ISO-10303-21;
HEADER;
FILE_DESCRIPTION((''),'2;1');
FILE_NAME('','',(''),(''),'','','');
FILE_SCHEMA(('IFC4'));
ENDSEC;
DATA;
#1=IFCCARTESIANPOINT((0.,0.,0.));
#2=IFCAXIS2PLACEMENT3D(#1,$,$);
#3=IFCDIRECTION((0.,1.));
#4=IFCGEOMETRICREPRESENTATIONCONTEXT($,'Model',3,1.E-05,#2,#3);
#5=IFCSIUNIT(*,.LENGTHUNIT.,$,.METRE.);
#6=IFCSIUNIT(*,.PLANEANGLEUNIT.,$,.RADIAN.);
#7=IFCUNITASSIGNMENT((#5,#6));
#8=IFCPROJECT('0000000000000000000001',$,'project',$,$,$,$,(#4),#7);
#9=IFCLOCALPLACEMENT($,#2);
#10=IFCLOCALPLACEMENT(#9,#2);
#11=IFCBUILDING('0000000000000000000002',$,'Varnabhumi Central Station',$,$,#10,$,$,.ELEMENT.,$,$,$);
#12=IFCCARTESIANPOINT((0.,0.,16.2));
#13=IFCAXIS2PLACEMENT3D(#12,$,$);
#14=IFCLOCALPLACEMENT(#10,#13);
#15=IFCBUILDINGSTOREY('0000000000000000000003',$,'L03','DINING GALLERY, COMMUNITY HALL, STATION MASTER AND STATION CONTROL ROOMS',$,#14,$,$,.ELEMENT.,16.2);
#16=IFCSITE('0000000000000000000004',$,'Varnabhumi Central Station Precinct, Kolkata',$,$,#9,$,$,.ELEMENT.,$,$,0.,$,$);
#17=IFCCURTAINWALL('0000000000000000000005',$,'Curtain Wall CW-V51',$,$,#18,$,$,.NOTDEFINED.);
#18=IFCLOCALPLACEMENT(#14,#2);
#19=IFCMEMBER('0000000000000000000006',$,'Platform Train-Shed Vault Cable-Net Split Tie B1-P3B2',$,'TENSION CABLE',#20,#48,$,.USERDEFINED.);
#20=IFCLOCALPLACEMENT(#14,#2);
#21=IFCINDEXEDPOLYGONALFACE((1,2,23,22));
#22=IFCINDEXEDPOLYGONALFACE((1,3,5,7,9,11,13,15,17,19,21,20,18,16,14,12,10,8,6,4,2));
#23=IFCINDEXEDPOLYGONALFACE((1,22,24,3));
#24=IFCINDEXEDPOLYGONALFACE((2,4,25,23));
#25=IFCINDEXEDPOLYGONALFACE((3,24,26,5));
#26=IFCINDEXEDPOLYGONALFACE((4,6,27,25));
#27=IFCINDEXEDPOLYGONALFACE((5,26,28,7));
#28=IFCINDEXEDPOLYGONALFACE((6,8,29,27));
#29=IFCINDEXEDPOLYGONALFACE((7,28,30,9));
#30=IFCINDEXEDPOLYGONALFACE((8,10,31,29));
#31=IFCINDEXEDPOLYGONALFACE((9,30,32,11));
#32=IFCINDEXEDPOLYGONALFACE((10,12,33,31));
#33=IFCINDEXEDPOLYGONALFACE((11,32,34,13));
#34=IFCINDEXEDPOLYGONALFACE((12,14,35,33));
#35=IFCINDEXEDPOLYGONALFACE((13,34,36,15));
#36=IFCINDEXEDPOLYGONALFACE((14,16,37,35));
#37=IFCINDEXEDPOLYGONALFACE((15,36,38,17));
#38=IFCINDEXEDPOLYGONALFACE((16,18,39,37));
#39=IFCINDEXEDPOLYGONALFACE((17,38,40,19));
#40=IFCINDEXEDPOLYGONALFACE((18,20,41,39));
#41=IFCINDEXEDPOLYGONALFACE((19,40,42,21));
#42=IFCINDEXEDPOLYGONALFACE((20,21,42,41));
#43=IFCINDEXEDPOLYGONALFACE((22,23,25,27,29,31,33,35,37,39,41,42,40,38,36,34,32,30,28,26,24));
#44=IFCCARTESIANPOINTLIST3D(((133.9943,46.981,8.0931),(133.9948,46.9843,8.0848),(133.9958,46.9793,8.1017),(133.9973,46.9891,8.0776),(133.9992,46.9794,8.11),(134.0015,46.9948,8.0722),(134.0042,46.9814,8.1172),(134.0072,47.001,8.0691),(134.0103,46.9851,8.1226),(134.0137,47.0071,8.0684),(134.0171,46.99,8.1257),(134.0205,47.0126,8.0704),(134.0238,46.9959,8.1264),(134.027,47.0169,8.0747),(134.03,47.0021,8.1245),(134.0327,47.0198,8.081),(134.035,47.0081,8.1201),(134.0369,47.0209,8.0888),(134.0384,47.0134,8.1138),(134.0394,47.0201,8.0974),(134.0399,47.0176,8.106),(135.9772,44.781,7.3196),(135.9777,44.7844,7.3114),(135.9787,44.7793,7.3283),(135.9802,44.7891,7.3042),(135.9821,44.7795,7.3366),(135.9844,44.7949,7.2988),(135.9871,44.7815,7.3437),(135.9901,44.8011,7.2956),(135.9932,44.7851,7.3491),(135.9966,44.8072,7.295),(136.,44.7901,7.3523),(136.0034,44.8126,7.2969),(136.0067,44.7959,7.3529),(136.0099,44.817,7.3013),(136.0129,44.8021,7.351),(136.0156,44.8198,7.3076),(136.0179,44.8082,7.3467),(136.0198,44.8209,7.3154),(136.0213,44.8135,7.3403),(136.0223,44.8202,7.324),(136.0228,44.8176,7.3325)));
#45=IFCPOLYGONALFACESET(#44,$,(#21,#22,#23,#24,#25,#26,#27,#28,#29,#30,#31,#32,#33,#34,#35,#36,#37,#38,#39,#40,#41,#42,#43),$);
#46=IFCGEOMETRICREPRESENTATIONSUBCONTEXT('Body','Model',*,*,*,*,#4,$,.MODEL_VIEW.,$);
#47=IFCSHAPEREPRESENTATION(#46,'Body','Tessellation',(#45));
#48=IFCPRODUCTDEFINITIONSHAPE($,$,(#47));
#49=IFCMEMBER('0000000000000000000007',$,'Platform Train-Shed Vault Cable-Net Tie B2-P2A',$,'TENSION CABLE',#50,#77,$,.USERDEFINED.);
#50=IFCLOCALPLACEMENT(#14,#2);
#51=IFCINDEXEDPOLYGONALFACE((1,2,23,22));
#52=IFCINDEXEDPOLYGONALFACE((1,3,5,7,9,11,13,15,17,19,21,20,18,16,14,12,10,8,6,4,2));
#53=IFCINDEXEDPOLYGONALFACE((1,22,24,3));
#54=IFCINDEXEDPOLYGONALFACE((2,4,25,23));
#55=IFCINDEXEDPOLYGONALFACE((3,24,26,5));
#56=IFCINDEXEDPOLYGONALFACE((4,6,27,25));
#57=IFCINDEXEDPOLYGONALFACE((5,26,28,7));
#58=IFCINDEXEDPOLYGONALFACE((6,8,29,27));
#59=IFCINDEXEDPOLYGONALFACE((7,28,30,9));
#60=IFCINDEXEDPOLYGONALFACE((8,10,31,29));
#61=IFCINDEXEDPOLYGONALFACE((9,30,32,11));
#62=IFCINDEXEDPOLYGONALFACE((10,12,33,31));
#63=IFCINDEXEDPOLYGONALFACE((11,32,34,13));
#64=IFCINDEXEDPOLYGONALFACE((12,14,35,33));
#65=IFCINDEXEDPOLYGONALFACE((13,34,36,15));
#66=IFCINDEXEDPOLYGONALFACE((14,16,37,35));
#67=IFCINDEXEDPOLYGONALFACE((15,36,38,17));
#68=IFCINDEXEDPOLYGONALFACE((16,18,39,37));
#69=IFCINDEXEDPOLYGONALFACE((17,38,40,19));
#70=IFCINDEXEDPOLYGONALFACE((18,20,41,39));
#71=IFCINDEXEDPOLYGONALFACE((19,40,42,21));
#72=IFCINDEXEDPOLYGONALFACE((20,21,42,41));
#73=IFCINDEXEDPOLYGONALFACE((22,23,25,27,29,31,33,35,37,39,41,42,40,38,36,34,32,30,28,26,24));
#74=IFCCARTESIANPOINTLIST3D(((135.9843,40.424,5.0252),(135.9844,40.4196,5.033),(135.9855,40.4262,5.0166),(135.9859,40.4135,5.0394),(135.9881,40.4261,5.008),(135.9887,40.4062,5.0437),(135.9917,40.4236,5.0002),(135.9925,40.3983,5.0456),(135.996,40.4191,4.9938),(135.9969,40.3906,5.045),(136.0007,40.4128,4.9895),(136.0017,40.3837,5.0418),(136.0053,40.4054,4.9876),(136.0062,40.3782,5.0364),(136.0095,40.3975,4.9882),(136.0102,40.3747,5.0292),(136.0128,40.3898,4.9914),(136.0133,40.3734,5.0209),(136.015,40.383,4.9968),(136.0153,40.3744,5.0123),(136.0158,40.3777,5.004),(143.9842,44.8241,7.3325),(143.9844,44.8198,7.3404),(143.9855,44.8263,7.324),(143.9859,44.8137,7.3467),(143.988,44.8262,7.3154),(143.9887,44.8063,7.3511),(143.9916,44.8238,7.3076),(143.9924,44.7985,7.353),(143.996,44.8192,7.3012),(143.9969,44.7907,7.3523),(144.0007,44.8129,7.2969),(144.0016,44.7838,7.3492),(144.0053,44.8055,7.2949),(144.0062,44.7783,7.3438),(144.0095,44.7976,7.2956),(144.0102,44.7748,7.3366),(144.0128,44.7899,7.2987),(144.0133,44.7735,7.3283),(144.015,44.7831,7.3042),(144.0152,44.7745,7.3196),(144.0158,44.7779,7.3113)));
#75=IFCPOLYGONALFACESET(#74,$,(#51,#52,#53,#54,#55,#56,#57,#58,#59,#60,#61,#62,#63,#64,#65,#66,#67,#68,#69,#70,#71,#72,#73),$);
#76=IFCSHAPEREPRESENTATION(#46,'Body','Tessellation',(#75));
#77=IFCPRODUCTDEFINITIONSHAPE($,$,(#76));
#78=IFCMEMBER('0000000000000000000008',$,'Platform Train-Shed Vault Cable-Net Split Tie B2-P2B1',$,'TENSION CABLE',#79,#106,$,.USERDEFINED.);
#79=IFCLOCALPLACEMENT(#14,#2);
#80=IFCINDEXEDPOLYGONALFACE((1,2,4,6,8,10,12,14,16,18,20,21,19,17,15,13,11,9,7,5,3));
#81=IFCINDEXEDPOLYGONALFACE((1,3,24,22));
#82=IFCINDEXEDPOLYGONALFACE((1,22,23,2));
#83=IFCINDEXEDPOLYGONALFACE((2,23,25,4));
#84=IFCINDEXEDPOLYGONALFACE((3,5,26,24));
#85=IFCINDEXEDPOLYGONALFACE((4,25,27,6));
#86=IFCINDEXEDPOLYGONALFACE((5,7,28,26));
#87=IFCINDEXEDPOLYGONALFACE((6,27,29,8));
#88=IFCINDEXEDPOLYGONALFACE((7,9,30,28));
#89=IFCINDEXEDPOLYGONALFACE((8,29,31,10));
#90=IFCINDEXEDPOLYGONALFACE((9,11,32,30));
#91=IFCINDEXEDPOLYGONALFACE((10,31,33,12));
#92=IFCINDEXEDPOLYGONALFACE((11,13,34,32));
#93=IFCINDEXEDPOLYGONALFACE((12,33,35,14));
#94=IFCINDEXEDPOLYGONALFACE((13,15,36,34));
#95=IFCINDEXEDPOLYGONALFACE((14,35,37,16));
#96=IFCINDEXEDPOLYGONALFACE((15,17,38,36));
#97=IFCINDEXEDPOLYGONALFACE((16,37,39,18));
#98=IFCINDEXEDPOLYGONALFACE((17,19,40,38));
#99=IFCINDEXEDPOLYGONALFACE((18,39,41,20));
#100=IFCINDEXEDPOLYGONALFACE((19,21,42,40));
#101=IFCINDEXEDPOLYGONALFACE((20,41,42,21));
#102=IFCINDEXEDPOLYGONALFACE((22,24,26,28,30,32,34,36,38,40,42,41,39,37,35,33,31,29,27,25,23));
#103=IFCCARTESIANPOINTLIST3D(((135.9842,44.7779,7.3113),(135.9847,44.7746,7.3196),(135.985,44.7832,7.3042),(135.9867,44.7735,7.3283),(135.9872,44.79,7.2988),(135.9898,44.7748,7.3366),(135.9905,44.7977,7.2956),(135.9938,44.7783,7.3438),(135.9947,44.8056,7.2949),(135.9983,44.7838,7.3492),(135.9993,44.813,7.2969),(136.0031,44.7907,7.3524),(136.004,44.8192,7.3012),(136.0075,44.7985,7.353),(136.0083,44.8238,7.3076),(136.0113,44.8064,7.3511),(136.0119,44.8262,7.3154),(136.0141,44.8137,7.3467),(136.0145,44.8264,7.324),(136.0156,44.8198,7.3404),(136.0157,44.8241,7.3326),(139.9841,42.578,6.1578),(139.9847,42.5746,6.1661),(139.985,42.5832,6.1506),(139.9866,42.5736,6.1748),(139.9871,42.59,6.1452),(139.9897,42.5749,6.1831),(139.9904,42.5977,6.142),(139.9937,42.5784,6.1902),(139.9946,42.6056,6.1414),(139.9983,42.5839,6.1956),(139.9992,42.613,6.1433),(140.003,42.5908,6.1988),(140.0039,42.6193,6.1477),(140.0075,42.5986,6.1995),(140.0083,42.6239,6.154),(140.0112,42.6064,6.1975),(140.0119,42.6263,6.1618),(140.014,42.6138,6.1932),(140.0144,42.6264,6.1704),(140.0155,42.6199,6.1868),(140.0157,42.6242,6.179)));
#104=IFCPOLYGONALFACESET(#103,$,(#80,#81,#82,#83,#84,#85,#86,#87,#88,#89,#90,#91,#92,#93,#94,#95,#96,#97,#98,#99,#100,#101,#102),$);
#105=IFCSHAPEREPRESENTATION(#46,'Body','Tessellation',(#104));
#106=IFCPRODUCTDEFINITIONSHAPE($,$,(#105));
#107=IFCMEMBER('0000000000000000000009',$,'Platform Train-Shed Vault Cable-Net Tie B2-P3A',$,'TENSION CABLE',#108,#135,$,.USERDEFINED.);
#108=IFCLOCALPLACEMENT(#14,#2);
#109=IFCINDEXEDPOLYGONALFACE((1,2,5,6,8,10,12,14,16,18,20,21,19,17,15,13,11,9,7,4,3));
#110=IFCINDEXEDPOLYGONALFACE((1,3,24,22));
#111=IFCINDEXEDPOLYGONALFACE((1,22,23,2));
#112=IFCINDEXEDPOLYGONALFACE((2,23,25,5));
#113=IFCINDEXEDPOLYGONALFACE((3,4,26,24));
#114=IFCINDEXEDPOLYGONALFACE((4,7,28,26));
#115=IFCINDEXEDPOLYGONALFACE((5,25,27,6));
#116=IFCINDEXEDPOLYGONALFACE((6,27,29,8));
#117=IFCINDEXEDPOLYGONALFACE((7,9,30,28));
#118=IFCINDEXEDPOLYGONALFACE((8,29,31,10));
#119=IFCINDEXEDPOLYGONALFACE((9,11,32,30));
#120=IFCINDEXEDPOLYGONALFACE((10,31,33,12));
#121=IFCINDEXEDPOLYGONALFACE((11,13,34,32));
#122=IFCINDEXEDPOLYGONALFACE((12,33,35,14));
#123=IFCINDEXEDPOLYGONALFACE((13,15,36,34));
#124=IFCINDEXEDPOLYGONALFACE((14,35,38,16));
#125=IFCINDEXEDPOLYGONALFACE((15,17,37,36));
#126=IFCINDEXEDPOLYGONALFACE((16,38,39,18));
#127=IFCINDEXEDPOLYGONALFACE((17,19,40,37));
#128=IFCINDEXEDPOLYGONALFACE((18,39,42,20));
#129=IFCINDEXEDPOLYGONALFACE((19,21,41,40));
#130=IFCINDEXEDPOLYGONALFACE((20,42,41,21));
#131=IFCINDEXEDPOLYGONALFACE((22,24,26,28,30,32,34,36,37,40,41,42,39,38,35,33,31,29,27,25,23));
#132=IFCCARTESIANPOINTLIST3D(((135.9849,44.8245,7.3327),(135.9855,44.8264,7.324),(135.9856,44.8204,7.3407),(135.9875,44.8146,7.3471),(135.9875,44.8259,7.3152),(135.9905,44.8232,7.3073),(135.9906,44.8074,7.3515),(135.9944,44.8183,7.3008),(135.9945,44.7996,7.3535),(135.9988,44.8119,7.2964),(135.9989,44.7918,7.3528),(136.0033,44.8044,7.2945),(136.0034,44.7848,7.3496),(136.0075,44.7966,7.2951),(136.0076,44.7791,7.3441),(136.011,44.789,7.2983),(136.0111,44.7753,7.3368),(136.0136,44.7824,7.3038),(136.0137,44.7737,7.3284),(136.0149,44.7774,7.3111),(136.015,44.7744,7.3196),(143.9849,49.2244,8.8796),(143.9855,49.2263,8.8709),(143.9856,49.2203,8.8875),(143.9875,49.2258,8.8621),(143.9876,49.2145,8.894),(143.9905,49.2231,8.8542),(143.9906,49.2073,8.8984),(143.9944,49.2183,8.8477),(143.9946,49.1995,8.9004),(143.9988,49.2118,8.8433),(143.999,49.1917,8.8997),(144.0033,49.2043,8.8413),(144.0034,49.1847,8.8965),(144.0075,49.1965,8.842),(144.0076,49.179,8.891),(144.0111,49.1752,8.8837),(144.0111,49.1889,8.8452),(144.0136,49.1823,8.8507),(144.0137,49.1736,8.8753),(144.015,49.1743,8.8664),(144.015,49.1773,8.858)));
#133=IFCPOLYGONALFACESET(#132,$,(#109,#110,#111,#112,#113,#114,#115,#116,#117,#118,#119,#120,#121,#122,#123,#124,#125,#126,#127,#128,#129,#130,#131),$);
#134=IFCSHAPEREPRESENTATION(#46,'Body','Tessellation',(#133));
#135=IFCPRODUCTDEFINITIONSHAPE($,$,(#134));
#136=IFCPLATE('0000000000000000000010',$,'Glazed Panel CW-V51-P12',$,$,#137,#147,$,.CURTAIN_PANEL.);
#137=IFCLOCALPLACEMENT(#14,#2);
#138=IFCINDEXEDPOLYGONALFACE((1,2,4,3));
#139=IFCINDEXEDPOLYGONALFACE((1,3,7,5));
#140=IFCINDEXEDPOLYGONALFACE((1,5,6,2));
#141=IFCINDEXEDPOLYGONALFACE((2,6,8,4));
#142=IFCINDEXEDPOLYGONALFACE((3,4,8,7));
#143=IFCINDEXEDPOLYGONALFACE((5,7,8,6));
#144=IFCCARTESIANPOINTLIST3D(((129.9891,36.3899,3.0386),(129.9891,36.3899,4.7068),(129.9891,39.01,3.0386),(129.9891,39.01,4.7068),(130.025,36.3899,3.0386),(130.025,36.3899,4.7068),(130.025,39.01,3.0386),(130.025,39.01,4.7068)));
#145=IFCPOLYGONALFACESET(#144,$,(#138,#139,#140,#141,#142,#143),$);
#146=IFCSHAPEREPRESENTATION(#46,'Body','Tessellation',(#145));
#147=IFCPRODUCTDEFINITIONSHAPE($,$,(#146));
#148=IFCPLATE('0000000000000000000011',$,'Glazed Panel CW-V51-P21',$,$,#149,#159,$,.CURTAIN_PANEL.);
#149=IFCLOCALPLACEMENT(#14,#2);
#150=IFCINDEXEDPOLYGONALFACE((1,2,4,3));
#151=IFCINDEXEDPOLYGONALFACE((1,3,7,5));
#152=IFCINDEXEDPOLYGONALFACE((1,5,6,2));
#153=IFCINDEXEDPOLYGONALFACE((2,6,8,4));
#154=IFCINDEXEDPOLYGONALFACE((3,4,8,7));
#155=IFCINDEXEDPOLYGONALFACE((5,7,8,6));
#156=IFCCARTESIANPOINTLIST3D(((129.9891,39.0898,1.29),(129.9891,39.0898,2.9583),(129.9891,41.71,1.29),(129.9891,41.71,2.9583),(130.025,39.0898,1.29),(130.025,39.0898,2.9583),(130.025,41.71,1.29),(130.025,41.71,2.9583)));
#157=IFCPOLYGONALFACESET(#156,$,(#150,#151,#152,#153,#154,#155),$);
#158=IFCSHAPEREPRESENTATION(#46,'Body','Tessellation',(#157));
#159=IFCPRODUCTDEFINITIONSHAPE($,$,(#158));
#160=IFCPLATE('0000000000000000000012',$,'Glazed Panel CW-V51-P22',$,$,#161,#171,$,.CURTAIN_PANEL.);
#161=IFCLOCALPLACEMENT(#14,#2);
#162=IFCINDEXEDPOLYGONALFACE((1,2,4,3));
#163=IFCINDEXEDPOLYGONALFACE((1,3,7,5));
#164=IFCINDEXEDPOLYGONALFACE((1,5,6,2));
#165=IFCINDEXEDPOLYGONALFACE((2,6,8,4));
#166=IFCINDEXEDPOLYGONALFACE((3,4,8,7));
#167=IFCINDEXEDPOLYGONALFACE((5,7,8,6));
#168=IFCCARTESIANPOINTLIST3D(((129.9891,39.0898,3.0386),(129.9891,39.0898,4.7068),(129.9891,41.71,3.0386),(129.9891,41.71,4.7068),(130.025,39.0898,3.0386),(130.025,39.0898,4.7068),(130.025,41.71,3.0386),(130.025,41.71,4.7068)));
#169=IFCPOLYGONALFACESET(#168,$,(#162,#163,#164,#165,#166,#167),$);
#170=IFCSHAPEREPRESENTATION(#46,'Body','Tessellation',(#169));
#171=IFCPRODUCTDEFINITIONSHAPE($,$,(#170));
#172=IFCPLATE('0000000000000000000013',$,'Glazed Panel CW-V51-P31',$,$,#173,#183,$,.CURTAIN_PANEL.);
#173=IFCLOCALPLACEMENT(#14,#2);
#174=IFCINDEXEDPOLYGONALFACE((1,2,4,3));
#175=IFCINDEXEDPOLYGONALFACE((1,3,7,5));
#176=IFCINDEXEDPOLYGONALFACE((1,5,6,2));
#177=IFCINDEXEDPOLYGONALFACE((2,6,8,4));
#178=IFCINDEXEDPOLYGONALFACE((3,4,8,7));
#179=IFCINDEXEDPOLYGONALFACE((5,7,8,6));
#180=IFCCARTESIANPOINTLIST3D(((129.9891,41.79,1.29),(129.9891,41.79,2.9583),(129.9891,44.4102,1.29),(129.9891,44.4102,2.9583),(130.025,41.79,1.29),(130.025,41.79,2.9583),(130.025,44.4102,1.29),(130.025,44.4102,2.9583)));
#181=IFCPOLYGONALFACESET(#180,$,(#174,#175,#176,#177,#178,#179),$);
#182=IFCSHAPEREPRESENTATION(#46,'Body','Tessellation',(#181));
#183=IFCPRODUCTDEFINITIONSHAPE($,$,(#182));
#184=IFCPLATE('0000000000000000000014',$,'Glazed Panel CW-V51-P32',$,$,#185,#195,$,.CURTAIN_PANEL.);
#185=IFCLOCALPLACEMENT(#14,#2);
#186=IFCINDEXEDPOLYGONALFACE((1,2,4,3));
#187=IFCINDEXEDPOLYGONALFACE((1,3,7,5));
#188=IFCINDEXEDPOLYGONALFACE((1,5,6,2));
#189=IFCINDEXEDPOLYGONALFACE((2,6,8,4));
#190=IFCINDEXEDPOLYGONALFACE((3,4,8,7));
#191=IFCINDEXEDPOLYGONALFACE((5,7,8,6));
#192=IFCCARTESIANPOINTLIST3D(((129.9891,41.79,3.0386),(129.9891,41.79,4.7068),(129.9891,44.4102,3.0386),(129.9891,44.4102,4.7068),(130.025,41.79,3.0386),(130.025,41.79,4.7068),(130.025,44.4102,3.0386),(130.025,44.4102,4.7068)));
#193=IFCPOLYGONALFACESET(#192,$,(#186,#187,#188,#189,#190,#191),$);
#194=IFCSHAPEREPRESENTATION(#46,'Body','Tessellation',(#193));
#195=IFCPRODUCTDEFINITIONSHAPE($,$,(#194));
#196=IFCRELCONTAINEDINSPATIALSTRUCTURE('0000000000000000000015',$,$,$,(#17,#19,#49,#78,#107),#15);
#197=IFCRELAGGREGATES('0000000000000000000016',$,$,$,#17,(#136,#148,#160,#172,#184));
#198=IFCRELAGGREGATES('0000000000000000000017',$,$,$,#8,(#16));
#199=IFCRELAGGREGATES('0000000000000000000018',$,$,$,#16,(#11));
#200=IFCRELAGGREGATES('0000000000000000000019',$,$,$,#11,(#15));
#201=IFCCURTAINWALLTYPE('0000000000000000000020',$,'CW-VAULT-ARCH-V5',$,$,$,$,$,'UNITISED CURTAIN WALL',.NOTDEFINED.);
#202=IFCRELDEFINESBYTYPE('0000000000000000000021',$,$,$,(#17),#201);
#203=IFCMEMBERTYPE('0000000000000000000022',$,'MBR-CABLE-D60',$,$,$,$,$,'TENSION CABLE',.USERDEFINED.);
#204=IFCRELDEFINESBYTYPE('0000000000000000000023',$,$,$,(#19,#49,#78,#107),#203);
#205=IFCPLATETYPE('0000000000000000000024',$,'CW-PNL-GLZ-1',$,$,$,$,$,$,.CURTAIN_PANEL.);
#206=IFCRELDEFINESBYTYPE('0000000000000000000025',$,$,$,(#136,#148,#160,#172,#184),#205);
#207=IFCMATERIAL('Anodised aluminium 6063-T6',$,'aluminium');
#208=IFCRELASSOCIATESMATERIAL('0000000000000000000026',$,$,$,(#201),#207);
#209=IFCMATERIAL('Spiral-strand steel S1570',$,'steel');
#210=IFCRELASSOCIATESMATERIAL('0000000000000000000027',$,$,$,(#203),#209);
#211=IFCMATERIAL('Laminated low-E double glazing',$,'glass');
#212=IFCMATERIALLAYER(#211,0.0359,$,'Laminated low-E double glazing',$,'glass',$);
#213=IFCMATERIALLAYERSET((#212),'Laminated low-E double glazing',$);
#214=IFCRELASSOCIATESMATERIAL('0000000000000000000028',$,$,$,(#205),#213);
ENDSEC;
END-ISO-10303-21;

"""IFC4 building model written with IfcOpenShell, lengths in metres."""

from ifc_helpers import new_model, si_unit, direction, frame, origin, origin_2d, place, context, subcontext, project, spatial, rectangle, circle, extrude, material, layer, layer_set, material_profile, profile_set, type_object, element, aggregate, save


model = new_model("IFC4")

# Units and contexts
model_context = context("Model", 3, precision=1e-05, world=origin(), true_north=direction((0.0, 1.0)))
body_context = subcontext(model_context, "Body", "Model", "MODEL_VIEW")
ifc_project = project(units=[si_unit("LENGTHUNIT", "METRE"), si_unit("PLANEANGLEUNIT", "RADIAN")], contexts=[model_context])

# Site, building, storey
site_placement = place(None, origin())
site = spatial("IfcSite", under=ifc_project, at=site_placement, Name="Varnabhumi Central Station Precinct, Kolkata", CompositionType="ELEMENT", RefElevation=0.0)
building_placement = place(site_placement, origin())
building = spatial("IfcBuilding", under=site, at=building_placement, Name="Varnabhumi Central Station", CompositionType="ELEMENT")
storey_placement = place(building_placement, frame((0.0, 0.0, 16.2)))
storey = spatial("IfcBuildingStorey", under=building, at=storey_placement, Name="L03", Description="DINING GALLERY, COMMUNITY HALL, STATION MASTER AND STATION CONTROL ROOMS", CompositionType="ELEMENT", Elevation=16.2)

# Curtain wall
ifc_material_1 = material(Name="Anodised aluminium 6063-T6", Category="aluminium")
curtain_wall_type = type_object("IfcCurtainWallType", Name="CW-VAULT-ARCH-V5", ElementType="UNITISED CURTAIN WALL", PredefinedType="NOTDEFINED", material=ifc_material_1)
curtain_wall_1_placement = place(storey_placement, origin())
curtain_wall_1 = element("IfcCurtainWall", 1, at=curtain_wall_1_placement, inside=storey, type_object=curtain_wall_type, Name="Curtain Wall CW-V51", PredefinedType="NOTDEFINED")

# Members
ifc_material_2 = material(Name="Spiral-strand steel S1570", Category="steel")
ifc_material_profile_1 = material_profile(ifc_material_2, circle(Radius=0.03, at=origin_2d()), Name="Spiral-strand steel S1570", Category="steel")
ifc_profile_set_1 = profile_set([ifc_material_profile_1], Name="Spiral-strand steel S1570")
member_type_1 = type_object("IfcMemberType", Name="MBR-CABLE-D60", ElementType="TENSION CABLE", PredefinedType="USERDEFINED", material=ifc_profile_set_1)
member_1_placement = place(storey_placement, frame((134.0171, 47.0, 8.0974), z_axis=(0.647791, -0.718696, -0.252672), x_axis=(0.742798, 0.669516, 0.0)))
element("IfcMember", 2, at=member_1_placement, inside=storey, type_object=member_type_1, Name="Platform Train-Shed Vault Cable-Net Split Tie B1-P3B2", ObjectType="TENSION CABLE", PredefinedType="USERDEFINED", context=body_context, shape_type="SweptSolid", body=[
    extrude(circle(Radius=0.03, at=origin_2d()), origin(), (0.0, 0.0, 1.0), 3.061),
])
member_2_placement = place(storey_placement, frame((136.0, 40.3999, 5.0166), z_axis=(0.849502, 0.467242, 0.245015), x_axis=(-0.481931, 0.876209, 0.0)))
element("IfcMember", 3, at=member_2_placement, inside=storey, type_object=member_type_1, Name="Platform Train-Shed Vault Cable-Net Tie B2-P2A", ObjectType="TENSION CABLE", PredefinedType="USERDEFINED", context=body_context, shape_type="SweptSolid", body=[
    extrude(circle(Radius=0.03, at=origin_2d()), origin(), (0.0, 0.0, 1.0), 9.4172),
])
member_3_placement = place(storey_placement, frame((136.0, 44.8, 7.324), z_axis=(0.849517, -0.467224, -0.244993), x_axis=(0.481911, 0.87622, 0.0)))
element("IfcMember", 4, at=member_3_placement, inside=storey, type_object=member_type_1, Name="Platform Train-Shed Vault Cable-Net Split Tie B2-P2B1", ObjectType="TENSION CABLE", PredefinedType="USERDEFINED", context=body_context, shape_type="SweptSolid", body=[
    extrude(circle(Radius=0.03, at=origin_2d()), origin(), (0.0, 0.0, 1.0), 4.7085),
])
member_4_placement = place(storey_placement, frame((136.0, 44.8, 7.324), z_axis=(0.863909, 0.475139, 0.167045), x_axis=(-0.481911, 0.87622, 0.0)))
element("IfcMember", 5, at=member_4_placement, inside=storey, type_object=member_type_1, Name="Platform Train-Shed Vault Cable-Net Tie B2-P3A", ObjectType="TENSION CABLE", PredefinedType="USERDEFINED", context=body_context, shape_type="SweptSolid", body=[
    extrude(circle(Radius=0.03, at=origin_2d()), origin(), (0.0, 0.0, 1.0), 9.2603),
])

# Plates
ifc_material_3 = material(Name="Laminated low-E double glazing", Category="glass")
ifc_layer_1 = layer(ifc_material_3, 0.0359, Name="Laminated low-E double glazing", Category="glass")
ifc_layer_set_1 = layer_set([ifc_layer_1], Name="Laminated low-E double glazing")
plate_type_1 = type_object("IfcPlateType", Name="CW-PNL-GLZ-1", PredefinedType="CURTAIN_PANEL", material=ifc_layer_set_1)
plate_1_placement = place(storey_placement, frame((130.0071, 37.7, 3.0386), z_axis=(0.0, 0.0, 1.0), x_axis=(0.0, 1.0, 0.0)))
plate_1 = element("IfcPlate", 6, at=plate_1_placement, type_object=plate_type_1, Name="Glazed Panel CW-V51-P12", PredefinedType="CURTAIN_PANEL", context=body_context, shape_type="SweptSolid", body=[
    extrude(rectangle(XDim=2.6201, YDim=0.0359, at=origin_2d()), origin(), (0.0, 0.0, 1.0), 1.6682),
])
plate_2_placement = place(storey_placement, frame((130.0071, 40.3999, 1.29), z_axis=(0.0, 0.0, 1.0), x_axis=(0.0, 1.0, 0.0)))
plate_2 = element("IfcPlate", 7, at=plate_2_placement, type_object=plate_type_1, Name="Glazed Panel CW-V51-P21", PredefinedType="CURTAIN_PANEL", context=body_context, shape_type="SweptSolid", body=[
    extrude(rectangle(XDim=2.6201, YDim=0.0359, at=origin_2d()), origin(), (0.0, 0.0, 1.0), 1.6682),
])
plate_3_placement = place(storey_placement, frame((130.0071, 40.3999, 3.0386), z_axis=(0.0, 0.0, 1.0), x_axis=(0.0, 1.0, 0.0)))
plate_3 = element("IfcPlate", 8, at=plate_3_placement, type_object=plate_type_1, Name="Glazed Panel CW-V51-P22", PredefinedType="CURTAIN_PANEL", context=body_context, shape_type="SweptSolid", body=[
    extrude(rectangle(XDim=2.6201, YDim=0.0359, at=origin_2d()), origin(), (0.0, 0.0, 1.0), 1.6682),
])
plate_4_placement = place(storey_placement, frame((130.0071, 43.1001, 1.29), z_axis=(0.0, 0.0, 1.0), x_axis=(0.0, 1.0, 0.0)))
plate_4 = element("IfcPlate", 9, at=plate_4_placement, type_object=plate_type_1, Name="Glazed Panel CW-V51-P31", PredefinedType="CURTAIN_PANEL", context=body_context, shape_type="SweptSolid", body=[
    extrude(rectangle(XDim=2.6201, YDim=0.0359, at=origin_2d()), origin(), (0.0, 0.0, 1.0), 1.6682),
])
plate_5_placement = place(storey_placement, frame((130.0071, 43.1001, 3.0386), z_axis=(0.0, 0.0, 1.0), x_axis=(0.0, 1.0, 0.0)))
plate_5 = element("IfcPlate", 10, at=plate_5_placement, type_object=plate_type_1, Name="Glazed Panel CW-V51-P32", PredefinedType="CURTAIN_PANEL", context=body_context, shape_type="SweptSolid", body=[
    extrude(rectangle(XDim=2.6201, YDim=0.0359, at=origin_2d()), origin(), (0.0, 0.0, 1.0), 1.6682),
])
aggregate(curtain_wall_1, [plate_1, plate_2, plate_3, plate_4, plate_5])

save(model, "model.ifc")
